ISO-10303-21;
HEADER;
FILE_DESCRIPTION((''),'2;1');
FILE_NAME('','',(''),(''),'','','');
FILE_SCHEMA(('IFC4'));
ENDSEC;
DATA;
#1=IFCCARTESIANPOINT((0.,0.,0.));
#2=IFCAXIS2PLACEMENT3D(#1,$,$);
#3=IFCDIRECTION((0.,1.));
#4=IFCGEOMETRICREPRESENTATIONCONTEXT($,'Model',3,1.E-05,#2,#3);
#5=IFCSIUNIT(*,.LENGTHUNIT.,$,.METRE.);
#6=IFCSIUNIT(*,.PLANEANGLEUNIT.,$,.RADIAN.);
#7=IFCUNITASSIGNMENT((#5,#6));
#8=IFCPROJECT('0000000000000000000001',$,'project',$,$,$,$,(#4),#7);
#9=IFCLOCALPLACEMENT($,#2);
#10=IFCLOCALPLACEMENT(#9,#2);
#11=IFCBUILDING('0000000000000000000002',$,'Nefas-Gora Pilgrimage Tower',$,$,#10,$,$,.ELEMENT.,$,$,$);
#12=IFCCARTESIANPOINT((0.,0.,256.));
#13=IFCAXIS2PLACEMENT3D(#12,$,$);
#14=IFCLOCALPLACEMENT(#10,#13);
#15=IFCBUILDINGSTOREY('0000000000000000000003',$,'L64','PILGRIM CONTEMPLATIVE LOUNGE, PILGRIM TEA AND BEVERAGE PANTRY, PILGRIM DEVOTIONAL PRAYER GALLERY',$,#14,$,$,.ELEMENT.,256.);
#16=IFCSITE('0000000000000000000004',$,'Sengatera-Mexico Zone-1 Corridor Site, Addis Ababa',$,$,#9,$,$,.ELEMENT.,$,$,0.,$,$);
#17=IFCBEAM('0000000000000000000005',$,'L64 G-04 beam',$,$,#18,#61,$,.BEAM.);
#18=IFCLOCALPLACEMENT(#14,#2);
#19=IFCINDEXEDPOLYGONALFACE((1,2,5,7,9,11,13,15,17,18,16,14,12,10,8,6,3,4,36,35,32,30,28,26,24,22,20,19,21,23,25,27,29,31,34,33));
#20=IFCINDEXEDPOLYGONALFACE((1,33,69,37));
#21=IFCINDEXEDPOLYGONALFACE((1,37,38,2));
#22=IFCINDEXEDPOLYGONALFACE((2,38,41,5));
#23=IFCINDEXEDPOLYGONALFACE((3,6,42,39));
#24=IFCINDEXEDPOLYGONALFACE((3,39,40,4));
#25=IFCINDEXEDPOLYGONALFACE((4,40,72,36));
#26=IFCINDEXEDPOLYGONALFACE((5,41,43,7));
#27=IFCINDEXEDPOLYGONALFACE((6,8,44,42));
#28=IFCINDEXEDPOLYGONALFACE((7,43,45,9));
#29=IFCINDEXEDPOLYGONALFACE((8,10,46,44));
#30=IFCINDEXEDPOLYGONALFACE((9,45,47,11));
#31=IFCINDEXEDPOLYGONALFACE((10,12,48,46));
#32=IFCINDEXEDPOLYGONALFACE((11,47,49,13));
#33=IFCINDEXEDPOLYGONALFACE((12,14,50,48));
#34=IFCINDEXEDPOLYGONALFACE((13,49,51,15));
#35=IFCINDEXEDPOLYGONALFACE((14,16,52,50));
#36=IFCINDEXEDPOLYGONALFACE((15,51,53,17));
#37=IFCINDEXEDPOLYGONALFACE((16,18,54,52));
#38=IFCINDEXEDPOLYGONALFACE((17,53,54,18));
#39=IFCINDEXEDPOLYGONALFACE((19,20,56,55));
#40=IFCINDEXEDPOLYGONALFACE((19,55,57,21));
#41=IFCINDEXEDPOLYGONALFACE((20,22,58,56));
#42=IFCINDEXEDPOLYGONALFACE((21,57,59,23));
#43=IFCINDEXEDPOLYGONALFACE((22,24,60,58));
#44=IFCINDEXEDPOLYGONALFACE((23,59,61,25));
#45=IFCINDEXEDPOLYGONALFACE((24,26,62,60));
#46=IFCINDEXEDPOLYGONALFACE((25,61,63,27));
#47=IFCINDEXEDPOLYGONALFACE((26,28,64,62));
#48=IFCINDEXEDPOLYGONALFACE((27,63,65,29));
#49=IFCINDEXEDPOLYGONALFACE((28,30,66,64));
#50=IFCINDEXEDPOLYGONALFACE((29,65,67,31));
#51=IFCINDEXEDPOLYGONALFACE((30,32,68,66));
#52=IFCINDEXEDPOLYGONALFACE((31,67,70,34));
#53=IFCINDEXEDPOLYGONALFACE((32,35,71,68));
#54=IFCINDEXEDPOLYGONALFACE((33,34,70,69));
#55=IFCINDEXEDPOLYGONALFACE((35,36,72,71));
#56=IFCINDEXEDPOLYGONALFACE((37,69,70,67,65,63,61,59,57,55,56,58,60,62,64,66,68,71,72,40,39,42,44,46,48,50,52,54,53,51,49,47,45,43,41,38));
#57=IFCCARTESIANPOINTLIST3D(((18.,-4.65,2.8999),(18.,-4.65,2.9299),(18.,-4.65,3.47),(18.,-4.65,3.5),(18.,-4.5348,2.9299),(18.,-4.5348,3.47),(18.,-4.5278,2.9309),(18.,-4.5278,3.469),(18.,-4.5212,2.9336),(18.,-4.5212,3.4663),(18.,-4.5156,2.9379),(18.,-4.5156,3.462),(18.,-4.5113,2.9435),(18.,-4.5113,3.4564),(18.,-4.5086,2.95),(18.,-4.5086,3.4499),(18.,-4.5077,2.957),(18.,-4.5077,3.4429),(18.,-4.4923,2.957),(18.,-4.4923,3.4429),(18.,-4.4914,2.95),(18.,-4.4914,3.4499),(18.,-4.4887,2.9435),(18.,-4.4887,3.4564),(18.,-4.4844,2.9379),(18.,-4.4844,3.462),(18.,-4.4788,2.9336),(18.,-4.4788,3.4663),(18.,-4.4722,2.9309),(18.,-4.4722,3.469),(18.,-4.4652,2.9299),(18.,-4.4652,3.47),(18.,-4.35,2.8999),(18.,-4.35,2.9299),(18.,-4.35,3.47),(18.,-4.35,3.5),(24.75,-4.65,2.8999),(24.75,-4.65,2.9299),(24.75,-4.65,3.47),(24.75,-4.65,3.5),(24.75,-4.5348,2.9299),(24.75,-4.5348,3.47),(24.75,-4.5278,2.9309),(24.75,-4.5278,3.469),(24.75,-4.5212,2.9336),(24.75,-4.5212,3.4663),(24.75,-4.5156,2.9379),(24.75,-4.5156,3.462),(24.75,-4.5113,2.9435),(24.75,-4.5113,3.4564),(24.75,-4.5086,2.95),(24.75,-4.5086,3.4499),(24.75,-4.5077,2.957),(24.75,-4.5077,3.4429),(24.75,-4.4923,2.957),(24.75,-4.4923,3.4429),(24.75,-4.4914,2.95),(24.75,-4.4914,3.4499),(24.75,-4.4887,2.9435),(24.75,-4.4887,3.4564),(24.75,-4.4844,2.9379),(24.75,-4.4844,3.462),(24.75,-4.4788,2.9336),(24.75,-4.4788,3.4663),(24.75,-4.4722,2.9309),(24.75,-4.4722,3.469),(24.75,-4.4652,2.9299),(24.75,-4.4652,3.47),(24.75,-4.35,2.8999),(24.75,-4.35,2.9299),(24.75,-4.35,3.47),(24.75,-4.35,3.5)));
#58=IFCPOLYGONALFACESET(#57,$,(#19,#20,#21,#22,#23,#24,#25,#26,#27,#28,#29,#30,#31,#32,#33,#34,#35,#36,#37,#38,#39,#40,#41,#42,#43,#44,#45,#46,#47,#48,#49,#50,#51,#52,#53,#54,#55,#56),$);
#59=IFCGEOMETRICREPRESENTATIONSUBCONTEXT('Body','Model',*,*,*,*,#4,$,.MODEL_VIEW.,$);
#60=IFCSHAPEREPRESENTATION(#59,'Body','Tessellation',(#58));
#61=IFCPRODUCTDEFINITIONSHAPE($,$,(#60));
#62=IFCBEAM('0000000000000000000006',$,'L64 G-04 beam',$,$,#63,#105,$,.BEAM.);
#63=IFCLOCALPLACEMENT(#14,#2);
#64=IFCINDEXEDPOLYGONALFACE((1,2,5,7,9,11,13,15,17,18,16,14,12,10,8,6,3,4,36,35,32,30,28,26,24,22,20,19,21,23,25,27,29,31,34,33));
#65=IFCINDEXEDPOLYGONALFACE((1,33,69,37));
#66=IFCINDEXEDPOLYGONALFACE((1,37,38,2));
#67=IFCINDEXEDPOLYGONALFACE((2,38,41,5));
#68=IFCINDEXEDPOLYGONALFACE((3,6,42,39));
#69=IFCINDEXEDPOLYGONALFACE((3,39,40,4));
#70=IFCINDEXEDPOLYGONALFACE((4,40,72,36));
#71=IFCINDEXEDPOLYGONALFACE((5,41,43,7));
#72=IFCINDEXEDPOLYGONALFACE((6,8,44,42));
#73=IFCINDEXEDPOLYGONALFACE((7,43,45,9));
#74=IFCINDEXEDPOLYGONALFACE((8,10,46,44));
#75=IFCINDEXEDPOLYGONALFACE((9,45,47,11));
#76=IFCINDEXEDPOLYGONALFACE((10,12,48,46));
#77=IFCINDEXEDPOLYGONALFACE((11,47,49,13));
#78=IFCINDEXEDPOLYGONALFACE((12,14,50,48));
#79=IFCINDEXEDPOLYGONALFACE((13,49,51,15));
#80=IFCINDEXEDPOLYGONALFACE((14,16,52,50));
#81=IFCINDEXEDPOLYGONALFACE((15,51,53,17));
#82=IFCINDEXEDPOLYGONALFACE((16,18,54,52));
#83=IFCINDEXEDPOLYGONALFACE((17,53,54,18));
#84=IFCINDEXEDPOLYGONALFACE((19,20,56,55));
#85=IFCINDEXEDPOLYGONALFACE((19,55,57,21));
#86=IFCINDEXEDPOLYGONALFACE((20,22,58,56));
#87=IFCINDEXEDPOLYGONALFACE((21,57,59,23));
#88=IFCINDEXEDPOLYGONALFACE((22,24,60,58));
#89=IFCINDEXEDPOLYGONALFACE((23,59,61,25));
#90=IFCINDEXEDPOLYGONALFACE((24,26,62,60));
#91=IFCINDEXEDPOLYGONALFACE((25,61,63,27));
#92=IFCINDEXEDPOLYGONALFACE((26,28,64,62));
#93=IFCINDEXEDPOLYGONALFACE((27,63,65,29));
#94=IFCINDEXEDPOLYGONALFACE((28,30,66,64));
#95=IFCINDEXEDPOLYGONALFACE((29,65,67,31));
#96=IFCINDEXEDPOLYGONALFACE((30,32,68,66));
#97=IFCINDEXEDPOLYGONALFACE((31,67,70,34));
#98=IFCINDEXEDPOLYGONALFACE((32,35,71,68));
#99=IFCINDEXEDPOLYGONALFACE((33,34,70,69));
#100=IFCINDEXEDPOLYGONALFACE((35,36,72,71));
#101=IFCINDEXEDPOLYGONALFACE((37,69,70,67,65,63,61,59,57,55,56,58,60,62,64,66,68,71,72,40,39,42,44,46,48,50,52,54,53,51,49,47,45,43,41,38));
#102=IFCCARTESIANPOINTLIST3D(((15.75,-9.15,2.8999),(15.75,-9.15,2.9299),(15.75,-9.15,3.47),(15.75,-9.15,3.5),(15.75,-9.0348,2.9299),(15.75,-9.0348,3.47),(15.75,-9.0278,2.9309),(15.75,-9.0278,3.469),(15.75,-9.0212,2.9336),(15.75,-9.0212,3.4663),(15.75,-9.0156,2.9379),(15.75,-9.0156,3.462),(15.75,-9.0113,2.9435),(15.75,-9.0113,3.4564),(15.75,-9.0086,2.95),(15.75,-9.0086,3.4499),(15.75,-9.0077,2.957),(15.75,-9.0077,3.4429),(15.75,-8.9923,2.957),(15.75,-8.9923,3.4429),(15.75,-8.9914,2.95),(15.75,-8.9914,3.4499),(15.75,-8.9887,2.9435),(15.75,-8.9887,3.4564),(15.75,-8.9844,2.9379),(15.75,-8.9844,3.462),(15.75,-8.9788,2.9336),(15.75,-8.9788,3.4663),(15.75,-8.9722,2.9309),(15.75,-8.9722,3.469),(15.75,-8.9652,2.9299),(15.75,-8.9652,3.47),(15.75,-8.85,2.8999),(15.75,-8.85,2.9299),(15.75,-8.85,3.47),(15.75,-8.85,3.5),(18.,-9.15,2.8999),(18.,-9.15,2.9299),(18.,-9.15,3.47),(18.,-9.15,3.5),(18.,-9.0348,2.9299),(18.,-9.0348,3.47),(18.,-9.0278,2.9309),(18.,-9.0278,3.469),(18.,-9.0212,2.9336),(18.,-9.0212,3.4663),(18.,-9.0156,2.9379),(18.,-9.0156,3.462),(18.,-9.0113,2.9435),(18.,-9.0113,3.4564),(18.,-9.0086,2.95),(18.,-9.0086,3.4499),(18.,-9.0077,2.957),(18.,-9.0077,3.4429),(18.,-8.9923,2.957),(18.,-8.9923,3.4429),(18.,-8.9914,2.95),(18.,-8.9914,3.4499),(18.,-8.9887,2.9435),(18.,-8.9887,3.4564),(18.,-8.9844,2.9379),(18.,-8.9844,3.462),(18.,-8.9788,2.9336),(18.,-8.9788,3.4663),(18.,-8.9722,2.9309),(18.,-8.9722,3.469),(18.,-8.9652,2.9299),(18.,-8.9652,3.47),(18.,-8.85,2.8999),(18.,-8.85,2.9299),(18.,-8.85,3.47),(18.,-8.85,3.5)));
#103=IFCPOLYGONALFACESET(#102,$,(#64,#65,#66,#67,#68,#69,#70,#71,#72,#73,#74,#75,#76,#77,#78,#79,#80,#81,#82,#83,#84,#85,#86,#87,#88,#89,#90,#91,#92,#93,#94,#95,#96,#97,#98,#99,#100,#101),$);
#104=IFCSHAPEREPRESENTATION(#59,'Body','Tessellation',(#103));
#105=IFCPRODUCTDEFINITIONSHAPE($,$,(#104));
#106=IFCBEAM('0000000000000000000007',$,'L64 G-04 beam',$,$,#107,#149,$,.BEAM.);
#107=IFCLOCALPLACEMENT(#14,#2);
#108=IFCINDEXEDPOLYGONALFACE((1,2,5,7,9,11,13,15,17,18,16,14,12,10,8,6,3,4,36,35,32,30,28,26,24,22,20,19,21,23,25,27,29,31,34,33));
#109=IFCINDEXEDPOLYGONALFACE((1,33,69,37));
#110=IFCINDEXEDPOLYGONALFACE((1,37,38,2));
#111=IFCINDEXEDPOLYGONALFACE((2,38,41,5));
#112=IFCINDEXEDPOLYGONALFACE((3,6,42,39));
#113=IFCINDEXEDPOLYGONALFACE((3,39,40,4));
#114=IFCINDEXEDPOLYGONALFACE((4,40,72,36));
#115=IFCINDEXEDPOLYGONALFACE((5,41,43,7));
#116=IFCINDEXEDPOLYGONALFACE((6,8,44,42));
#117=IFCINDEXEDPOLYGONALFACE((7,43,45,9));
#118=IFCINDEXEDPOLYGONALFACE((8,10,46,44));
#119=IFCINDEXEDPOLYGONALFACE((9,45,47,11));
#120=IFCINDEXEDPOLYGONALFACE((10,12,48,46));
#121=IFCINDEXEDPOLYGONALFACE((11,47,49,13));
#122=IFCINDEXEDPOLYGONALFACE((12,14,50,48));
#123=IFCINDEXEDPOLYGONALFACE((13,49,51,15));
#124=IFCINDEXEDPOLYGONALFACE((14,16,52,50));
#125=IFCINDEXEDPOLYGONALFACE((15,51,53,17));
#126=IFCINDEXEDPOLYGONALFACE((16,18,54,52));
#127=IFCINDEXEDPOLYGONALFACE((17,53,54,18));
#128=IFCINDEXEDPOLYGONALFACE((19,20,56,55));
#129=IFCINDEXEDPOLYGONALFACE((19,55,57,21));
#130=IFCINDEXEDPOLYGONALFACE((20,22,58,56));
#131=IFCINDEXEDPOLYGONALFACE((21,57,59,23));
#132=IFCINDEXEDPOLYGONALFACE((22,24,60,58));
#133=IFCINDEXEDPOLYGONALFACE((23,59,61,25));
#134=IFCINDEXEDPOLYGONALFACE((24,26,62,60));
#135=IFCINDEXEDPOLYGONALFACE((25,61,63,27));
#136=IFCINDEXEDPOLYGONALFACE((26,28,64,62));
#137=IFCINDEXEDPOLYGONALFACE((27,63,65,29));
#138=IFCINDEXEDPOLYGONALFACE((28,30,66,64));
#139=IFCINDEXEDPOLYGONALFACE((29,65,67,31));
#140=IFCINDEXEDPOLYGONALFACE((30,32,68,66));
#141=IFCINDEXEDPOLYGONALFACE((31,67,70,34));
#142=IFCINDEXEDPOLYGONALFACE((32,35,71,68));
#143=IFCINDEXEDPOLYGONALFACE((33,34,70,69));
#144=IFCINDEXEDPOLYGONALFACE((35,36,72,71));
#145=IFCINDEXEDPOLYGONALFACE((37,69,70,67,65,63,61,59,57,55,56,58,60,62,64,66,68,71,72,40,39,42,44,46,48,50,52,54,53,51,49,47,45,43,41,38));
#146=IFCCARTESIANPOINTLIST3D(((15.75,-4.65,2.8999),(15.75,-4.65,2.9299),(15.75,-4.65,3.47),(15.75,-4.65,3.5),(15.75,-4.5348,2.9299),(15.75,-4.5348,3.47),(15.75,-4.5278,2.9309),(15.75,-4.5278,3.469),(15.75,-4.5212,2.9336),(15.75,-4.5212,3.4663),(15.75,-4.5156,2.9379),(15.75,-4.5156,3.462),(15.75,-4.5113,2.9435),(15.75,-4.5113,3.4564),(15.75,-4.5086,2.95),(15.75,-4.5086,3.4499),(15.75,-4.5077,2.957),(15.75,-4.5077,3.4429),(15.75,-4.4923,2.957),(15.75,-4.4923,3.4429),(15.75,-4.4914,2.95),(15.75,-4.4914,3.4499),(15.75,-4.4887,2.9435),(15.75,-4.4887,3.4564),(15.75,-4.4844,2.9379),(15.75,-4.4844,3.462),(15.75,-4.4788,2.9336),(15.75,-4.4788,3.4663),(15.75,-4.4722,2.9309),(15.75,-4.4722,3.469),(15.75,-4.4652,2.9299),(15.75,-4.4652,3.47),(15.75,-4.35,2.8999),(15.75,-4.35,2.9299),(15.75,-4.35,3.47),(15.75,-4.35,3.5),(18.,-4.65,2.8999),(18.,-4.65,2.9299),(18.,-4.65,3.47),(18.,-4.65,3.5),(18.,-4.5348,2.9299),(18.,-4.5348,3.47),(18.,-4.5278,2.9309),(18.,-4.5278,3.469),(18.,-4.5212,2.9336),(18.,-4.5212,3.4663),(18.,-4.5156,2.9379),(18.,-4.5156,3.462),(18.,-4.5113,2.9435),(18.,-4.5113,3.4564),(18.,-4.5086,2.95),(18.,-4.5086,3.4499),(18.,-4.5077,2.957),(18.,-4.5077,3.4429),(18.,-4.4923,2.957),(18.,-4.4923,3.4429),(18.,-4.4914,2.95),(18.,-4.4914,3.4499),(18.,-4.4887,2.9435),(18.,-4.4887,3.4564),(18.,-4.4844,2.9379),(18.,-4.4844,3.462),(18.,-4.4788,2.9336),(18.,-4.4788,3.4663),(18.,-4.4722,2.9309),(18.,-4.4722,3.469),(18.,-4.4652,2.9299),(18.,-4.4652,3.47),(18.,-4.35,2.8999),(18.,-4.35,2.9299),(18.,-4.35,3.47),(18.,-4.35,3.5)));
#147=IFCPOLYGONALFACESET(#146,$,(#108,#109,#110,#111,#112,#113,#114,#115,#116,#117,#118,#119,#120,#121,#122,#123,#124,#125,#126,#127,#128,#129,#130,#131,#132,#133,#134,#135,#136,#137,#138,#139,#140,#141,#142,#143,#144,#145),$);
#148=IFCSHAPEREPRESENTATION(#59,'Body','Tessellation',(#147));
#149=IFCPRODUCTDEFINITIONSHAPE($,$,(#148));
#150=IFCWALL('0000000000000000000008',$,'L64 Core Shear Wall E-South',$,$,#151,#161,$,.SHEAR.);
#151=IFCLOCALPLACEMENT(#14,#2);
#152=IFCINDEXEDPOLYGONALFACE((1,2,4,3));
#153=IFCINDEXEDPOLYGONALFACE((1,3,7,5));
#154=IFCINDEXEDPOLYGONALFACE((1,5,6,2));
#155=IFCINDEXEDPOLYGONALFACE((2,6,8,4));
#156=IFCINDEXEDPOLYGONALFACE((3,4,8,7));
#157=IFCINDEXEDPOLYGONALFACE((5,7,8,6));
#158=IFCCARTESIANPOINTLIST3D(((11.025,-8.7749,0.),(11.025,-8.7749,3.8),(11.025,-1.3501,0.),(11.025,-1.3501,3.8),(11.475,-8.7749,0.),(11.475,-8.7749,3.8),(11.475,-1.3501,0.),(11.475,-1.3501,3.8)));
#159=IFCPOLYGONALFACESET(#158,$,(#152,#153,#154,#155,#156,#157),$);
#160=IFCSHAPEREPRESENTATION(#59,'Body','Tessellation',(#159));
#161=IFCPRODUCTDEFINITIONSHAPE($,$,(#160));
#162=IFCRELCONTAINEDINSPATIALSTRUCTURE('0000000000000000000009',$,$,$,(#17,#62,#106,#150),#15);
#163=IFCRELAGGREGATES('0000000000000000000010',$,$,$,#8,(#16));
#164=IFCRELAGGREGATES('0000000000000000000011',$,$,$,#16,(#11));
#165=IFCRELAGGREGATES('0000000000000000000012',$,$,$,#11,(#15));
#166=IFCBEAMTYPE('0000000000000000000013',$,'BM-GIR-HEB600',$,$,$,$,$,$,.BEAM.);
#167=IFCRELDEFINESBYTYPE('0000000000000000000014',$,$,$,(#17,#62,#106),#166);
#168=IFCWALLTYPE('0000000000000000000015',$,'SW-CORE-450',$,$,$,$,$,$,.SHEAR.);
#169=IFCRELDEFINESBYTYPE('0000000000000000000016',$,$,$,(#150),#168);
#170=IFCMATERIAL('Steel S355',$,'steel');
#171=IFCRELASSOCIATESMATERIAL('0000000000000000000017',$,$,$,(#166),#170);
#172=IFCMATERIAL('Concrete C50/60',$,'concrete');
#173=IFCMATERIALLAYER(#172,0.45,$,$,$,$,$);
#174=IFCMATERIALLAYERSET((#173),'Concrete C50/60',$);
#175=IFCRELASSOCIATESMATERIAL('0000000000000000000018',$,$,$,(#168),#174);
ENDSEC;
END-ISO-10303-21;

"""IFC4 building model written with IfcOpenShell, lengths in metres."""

from ifc_helpers import new_model, si_unit, direction, frame, frame_2d, origin, origin_2d, place, context, subcontext, project, spatial, rectangle, i_section, extrude, source, transform, mapped, material, layer, layer_set, material_profile, profile_set, type_object, element, save


model = new_model("IFC4")

# Units and contexts
model_context = context("Model", 3, precision=1e-05, world=origin(), true_north=direction((0.0, 1.0)))
body_context = subcontext(model_context, "Body", "Model", "MODEL_VIEW")
ifc_project = project(units=[si_unit("LENGTHUNIT", "METRE"), si_unit("PLANEANGLEUNIT", "RADIAN")], contexts=[model_context])

# Site, building, storey
site_placement = place(None, origin())
site = spatial("IfcSite", under=ifc_project, at=site_placement, Name="Sengatera-Mexico Zone-1 Corridor Site, Addis Ababa", CompositionType="ELEMENT", RefElevation=0.0)
building_placement = place(site_placement, origin())
building = spatial("IfcBuilding", under=site, at=building_placement, Name="Nefas-Gora Pilgrimage Tower", CompositionType="ELEMENT")
storey_placement = place(building_placement, frame((0.0, 0.0, 256.0)))
storey = spatial("IfcBuildingStorey", under=building, at=storey_placement, Name="L64", Description="PILGRIM CONTEMPLATIVE LOUNGE, PILGRIM TEA AND BEVERAGE PANTRY, PILGRIM DEVOTIONAL PRAYER GALLERY", CompositionType="ELEMENT", Elevation=256.0)

# Beams
ifc_material_1 = material(Name="Concrete C50/60", Category="concrete")
ifc_material_2 = material(Name="Steel S355", Category="steel")
ifc_material_profile_1 = material_profile(ifc_material_2, i_section(OverallWidth=0.3, OverallDepth=0.6001, WebThickness=0.0154, FlangeThickness=0.03, FilletRadius=0.0271, at=origin_2d()), Name="HEB 600")
ifc_profile_set_1 = profile_set([ifc_material_profile_1], Name="Steel S355")
beam_type_1 = type_object("IfcBeamType", Name="BM-GIR-HEB600", PredefinedType="BEAM", material=ifc_profile_set_1)
shared_shape_1 = source(origin(), body_context, "Body", "SweptSolid", [
    extrude(i_section(OverallWidth=0.3, OverallDepth=0.6001, WebThickness=0.0154, FlangeThickness=0.03, FilletRadius=0.0271, at=origin_2d()), origin(), (0.0, 0.0, 1.0), 6.75),
])
for number, where, z_axis, x_axis, name in (
    (1, (18.0, -4.5, 3.2), (1.0, 0.0, 0.0), (0.0, 1.0, 0.0), "L64 G-04 beam"),
):
    element("IfcBeam", number, at=place(storey_placement, frame(where, z_axis=z_axis, x_axis=x_axis)), inside=storey, type_object=beam_type_1, Name=name, PredefinedType="BEAM", context=body_context, shape_type="MappedRepresentation", body=[
        mapped(shared_shape_1, transform((0.0, 0.0, 0.0), x_axis=(1.0, 0.0, 0.0), y_axis=(0.0, 1.0, 0.0), z_axis=(0.0, 0.0, 1.0), scale=1.0)),
    ])
shared_shape_2 = source(origin(), body_context, "Body", "SweptSolid", [
    extrude(i_section(OverallWidth=0.3, OverallDepth=0.6001, WebThickness=0.0154, FlangeThickness=0.03, FilletRadius=0.0271, at=origin_2d()), origin(), (0.0, 0.0, 1.0), 2.25),
])
for number, where, z_axis, x_axis, name in (
    (2, (15.75, -9.0, 3.2), (1.0, 0.0, 0.0), (0.0, 1.0, 0.0), "L64 G-04 beam"),
    (3, (15.75, -4.5, 3.2), (1.0, 0.0, 0.0), (0.0, 1.0, 0.0), "L64 G-04 beam"),
):
    element("IfcBeam", number, at=place(storey_placement, frame(where, z_axis=z_axis, x_axis=x_axis)), inside=storey, type_object=beam_type_1, Name=name, PredefinedType="BEAM", context=body_context, shape_type="MappedRepresentation", body=[
        mapped(shared_shape_2, transform((0.0, 0.0, 0.0), x_axis=(1.0, 0.0, 0.0), y_axis=(0.0, 1.0, 0.0), z_axis=(0.0, 0.0, 1.0), scale=1.0)),
    ])

# Wall
ifc_layer_1 = layer(ifc_material_1, 0.45)
ifc_layer_set_1 = layer_set([ifc_layer_1], Name="Concrete C50/60")
wall_type_1 = type_object("IfcWallType", Name="SW-CORE-450", PredefinedType="SHEAR", material=ifc_layer_set_1)
shared_shape_3 = source(origin(), body_context, "Body", "SweptSolid", [
    extrude(rectangle(XDim=7.4248, YDim=0.45, at=frame_2d((3.7124, 0.0))), origin(), (0.0, 0.0, 1.0), 3.8),
])
wall_1_placement = place(storey_placement, frame((11.25, -8.7749, 0.0), z_axis=(0.0, 0.0, 1.0), x_axis=(0.0, 1.0, 0.0)))
element("IfcWall", 4, at=wall_1_placement, inside=storey, type_object=wall_type_1, Name="L64 Core Shear Wall E-South", PredefinedType="SHEAR", context=body_context, shape_type="MappedRepresentation", body=[
    mapped(shared_shape_3, transform((0.0, 0.0, 0.0), x_axis=(1.0, 0.0, 0.0), y_axis=(0.0, 1.0, 0.0), z_axis=(0.0, 0.0, 1.0), scale=1.0)),
])

save(model, "model.ifc")
